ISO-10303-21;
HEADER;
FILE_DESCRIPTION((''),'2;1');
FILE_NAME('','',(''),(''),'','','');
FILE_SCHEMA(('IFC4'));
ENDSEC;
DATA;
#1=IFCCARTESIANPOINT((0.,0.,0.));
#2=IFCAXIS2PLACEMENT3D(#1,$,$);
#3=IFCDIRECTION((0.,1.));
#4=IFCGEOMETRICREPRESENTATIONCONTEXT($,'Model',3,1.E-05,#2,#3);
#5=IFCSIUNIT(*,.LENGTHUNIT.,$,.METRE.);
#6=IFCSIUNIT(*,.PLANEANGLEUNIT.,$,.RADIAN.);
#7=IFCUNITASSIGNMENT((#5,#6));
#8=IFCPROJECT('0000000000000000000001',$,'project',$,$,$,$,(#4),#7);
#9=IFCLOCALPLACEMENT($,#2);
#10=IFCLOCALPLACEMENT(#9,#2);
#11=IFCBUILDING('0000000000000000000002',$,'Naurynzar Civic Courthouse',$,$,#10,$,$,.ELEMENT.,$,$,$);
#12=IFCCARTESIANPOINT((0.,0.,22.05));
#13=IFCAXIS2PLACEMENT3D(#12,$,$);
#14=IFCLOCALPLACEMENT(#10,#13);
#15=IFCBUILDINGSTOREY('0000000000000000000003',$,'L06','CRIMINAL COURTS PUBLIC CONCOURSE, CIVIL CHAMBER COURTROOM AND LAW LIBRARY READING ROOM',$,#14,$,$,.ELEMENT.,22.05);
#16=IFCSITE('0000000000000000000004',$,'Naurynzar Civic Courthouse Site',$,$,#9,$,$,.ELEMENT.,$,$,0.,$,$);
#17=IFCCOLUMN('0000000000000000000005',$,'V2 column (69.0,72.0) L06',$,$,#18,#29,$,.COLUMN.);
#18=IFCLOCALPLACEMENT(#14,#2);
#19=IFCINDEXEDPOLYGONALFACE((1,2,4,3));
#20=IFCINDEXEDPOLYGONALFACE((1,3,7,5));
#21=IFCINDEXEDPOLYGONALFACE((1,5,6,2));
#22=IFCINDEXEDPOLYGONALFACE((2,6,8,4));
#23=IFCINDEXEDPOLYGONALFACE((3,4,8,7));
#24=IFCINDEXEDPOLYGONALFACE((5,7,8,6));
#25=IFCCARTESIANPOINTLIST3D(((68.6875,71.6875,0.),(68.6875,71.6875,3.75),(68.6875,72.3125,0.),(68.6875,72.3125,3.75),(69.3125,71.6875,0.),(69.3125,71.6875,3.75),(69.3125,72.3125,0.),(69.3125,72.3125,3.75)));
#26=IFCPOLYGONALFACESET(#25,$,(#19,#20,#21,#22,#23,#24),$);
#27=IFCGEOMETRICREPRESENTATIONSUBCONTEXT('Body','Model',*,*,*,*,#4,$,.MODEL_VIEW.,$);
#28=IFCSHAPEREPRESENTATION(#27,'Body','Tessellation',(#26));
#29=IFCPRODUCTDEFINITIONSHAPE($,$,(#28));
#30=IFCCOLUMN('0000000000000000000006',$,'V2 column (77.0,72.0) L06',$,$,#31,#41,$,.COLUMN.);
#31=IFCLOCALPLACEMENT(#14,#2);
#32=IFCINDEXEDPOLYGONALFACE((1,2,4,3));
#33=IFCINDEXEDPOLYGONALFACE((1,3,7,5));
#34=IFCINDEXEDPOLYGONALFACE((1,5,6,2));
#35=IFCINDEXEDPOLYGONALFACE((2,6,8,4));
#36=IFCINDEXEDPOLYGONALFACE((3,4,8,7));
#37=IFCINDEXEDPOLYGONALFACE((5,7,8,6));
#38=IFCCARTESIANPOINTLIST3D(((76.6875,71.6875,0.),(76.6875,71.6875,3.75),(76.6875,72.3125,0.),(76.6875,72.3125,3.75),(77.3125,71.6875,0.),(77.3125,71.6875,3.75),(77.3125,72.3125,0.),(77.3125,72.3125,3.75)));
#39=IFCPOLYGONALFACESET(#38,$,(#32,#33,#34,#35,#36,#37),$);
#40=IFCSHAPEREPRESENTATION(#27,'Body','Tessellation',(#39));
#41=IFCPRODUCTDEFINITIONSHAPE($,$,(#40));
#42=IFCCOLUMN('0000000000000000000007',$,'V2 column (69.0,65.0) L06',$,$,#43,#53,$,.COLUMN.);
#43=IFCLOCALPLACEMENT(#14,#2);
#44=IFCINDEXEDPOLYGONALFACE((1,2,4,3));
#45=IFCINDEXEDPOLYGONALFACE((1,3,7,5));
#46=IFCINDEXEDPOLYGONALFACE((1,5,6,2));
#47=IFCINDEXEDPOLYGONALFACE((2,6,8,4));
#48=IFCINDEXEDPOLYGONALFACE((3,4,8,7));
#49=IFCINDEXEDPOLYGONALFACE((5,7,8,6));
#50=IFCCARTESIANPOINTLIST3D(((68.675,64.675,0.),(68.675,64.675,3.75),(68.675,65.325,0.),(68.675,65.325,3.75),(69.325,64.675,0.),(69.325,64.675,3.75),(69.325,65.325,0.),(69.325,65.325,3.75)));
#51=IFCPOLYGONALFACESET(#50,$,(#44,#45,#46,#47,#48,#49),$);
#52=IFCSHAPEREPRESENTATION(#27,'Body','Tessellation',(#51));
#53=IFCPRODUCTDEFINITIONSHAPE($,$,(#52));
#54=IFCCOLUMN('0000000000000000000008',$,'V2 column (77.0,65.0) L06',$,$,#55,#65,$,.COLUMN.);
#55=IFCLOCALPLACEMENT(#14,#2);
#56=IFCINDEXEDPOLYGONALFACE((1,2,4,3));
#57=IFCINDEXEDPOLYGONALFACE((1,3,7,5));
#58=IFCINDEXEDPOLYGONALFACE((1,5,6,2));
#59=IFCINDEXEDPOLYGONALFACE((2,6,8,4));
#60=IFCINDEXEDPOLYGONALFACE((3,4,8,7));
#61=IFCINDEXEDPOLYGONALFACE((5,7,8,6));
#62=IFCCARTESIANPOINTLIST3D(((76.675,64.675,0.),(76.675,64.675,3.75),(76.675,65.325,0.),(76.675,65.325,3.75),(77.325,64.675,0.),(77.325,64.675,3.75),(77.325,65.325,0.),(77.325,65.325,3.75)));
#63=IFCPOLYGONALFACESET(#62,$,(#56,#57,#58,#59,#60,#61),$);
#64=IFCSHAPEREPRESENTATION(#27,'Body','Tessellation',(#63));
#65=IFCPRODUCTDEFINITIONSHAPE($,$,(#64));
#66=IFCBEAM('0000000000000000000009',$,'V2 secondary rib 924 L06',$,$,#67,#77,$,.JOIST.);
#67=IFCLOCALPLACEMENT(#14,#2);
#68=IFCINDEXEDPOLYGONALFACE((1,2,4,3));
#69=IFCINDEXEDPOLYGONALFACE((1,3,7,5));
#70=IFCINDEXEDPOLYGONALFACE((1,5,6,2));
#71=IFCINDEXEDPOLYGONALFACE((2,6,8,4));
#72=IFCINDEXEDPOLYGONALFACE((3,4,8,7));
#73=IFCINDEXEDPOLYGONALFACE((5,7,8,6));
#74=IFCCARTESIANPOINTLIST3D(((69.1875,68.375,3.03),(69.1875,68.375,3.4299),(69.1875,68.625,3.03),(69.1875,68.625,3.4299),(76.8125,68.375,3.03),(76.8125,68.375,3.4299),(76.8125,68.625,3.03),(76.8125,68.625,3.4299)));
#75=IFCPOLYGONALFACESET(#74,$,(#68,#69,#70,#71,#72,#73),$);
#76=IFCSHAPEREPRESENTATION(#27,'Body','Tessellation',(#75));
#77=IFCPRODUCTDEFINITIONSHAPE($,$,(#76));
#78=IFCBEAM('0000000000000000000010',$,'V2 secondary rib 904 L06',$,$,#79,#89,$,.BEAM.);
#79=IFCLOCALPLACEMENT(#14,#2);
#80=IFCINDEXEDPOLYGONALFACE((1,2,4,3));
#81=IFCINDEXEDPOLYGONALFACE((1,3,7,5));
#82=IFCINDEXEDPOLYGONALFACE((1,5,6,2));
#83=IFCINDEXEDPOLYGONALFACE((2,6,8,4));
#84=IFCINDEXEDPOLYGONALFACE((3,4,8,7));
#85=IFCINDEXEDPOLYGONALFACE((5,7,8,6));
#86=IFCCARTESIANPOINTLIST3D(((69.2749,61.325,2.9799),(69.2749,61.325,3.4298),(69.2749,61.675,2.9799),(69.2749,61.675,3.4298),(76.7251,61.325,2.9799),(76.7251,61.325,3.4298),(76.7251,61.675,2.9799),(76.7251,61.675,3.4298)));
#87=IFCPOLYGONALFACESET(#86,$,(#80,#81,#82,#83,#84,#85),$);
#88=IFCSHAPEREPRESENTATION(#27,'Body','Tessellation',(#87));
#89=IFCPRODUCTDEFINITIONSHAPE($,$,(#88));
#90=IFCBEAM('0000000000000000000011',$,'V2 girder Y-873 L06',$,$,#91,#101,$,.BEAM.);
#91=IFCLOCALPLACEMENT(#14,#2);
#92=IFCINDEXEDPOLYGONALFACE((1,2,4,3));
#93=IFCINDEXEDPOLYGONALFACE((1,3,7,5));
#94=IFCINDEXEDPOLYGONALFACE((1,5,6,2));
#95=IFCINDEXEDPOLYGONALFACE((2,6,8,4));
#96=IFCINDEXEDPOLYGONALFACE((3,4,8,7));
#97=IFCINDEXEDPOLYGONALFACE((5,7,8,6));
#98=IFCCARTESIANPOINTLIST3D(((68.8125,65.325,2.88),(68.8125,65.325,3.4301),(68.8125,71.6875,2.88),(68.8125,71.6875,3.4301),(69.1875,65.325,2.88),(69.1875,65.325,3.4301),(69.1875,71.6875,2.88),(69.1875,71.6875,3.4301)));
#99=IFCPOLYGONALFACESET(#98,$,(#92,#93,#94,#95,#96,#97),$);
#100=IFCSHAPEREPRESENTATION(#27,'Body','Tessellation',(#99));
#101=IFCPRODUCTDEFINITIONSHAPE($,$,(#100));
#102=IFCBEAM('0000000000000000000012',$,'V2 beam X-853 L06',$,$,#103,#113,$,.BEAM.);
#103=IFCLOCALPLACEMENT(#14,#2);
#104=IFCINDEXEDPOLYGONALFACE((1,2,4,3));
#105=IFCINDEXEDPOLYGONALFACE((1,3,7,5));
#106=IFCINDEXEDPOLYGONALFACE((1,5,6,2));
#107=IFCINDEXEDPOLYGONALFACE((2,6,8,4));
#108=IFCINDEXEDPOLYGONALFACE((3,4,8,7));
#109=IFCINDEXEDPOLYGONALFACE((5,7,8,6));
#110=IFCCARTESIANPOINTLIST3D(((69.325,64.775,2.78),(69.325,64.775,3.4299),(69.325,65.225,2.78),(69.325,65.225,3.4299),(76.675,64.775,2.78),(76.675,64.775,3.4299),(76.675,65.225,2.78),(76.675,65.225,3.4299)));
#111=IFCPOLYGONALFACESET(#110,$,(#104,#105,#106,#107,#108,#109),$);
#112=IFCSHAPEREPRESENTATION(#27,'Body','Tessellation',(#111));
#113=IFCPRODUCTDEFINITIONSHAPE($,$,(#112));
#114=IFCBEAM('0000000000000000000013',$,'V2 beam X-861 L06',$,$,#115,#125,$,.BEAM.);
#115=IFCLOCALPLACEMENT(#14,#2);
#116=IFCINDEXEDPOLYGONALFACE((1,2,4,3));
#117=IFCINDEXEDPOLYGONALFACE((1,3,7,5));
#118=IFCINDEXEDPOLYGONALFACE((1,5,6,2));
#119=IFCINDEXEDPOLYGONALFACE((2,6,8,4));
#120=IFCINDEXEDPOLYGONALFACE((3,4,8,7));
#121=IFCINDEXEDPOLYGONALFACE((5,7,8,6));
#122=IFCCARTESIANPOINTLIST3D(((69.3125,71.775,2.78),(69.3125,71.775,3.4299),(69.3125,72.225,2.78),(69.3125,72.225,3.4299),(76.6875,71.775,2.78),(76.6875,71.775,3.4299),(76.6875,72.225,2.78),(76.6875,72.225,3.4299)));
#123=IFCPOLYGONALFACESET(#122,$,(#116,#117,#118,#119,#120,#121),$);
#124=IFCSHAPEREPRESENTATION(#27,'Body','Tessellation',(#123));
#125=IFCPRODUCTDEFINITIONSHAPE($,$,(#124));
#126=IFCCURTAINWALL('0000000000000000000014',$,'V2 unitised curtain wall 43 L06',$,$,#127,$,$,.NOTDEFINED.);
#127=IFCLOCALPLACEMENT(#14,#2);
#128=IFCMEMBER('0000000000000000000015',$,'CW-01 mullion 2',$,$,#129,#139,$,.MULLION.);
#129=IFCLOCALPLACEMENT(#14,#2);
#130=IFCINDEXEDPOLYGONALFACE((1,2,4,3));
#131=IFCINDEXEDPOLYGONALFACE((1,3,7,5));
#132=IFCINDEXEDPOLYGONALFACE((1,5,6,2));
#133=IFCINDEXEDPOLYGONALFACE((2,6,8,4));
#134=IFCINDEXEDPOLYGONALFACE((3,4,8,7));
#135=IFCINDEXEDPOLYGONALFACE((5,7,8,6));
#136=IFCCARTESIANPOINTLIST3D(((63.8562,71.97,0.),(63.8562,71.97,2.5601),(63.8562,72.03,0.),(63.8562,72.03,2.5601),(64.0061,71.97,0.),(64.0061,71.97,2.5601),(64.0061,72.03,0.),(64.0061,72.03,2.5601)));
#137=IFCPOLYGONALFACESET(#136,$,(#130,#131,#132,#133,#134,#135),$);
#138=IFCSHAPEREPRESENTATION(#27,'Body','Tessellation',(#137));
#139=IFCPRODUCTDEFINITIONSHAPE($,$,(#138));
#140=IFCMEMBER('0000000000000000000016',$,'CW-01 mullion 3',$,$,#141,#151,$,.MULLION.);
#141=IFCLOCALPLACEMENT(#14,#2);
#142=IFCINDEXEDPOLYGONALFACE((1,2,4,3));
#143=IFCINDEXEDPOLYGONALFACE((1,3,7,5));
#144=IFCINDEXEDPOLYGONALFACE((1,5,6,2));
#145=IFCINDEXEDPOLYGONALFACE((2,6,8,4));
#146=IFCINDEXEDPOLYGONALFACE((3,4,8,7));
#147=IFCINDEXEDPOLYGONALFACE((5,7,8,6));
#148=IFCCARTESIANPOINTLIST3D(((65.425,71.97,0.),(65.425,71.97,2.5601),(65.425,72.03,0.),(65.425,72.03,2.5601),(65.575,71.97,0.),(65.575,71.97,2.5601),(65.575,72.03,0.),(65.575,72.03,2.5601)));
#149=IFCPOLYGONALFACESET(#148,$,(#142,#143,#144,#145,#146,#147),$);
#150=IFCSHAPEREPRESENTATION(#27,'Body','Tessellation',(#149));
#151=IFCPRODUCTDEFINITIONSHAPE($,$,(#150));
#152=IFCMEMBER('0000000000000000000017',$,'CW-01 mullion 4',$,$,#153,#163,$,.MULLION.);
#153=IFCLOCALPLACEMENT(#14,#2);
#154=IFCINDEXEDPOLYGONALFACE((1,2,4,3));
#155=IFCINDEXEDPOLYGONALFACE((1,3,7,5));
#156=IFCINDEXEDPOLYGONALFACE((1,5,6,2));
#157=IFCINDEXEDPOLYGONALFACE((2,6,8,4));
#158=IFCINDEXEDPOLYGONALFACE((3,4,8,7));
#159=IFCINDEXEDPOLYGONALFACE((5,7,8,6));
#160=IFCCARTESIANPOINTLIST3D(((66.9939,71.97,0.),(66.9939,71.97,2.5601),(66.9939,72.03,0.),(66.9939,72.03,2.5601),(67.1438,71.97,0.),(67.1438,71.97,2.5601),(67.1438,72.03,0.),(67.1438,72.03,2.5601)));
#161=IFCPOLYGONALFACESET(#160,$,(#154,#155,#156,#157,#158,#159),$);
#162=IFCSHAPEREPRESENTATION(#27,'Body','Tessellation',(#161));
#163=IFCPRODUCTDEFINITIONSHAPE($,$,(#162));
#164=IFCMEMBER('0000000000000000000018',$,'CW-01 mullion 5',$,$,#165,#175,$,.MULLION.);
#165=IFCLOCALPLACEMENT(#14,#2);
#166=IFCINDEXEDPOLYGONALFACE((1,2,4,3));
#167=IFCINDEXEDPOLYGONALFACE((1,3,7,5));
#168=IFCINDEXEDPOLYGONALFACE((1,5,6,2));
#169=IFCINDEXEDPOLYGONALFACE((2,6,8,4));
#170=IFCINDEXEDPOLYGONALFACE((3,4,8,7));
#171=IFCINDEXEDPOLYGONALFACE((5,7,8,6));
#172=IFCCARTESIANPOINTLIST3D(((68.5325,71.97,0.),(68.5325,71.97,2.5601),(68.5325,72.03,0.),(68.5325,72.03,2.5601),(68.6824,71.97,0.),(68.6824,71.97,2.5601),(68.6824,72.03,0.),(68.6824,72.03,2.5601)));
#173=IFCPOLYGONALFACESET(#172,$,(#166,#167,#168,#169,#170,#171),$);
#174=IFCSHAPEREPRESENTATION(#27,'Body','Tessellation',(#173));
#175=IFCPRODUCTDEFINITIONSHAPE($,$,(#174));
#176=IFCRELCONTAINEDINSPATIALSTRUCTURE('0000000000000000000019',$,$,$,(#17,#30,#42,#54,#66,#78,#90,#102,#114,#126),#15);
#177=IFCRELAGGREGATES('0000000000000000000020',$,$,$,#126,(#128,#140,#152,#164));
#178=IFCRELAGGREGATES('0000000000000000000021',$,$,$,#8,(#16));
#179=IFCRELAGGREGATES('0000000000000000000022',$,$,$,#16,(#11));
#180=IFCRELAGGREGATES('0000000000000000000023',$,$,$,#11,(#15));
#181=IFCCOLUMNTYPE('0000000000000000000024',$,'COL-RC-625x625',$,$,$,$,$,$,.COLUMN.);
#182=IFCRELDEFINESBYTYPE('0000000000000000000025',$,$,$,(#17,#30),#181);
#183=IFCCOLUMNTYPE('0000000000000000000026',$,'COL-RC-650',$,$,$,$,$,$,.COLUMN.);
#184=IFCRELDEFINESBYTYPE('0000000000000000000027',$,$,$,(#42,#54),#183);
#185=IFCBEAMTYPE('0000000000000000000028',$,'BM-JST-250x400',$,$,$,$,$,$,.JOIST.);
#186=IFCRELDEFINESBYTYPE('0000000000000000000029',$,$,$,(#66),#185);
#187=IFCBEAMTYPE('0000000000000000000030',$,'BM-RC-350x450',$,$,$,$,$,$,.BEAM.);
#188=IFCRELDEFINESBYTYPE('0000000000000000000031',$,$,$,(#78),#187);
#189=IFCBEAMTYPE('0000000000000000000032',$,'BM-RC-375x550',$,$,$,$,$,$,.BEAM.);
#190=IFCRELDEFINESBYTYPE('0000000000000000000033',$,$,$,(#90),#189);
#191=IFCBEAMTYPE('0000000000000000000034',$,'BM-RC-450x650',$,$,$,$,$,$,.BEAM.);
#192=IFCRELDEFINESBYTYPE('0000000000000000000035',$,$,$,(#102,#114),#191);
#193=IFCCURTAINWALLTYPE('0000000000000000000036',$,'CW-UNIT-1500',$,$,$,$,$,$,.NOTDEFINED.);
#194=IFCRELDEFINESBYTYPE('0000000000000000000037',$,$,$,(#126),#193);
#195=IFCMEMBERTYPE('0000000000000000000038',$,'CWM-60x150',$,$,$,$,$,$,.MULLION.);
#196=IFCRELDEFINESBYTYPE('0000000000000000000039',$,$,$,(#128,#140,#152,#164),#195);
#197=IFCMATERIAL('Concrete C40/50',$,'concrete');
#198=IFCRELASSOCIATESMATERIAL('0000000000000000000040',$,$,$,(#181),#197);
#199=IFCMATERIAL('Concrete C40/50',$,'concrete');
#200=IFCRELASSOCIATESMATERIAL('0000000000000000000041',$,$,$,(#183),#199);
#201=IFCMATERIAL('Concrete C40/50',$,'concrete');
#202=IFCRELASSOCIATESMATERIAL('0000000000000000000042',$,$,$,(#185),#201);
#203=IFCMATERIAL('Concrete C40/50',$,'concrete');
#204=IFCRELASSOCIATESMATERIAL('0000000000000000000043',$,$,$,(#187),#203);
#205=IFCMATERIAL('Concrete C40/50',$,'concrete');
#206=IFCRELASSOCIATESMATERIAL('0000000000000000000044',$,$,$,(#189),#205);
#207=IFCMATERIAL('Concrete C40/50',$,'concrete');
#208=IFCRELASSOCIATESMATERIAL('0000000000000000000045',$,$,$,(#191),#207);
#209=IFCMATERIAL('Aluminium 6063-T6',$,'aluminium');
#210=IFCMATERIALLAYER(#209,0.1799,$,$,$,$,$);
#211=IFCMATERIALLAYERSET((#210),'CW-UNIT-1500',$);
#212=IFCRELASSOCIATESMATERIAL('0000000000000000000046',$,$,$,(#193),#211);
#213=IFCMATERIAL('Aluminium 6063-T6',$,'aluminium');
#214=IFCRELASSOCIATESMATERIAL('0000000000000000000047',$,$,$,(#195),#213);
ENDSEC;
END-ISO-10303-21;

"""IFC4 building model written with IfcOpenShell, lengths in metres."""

from ifc_helpers import new_model, si_unit, direction, frame, origin, origin_2d, place, context, subcontext, project, spatial, rectangle, extrude, material, layer, layer_set, material_profile, profile_set, type_object, element, aggregate, save


model = new_model("IFC4")

# Units and contexts
model_context = context("Model", 3, precision=1e-05, world=origin(), true_north=direction((0.0, 1.0)))
body_context = subcontext(model_context, "Body", "Model", "MODEL_VIEW")
ifc_project = project(units=[si_unit("LENGTHUNIT", "METRE"), si_unit("PLANEANGLEUNIT", "RADIAN")], contexts=[model_context])

# Site, building, storey
site_placement = place(None, origin())
site = spatial("IfcSite", under=ifc_project, at=site_placement, Name="Naurynzar Civic Courthouse Site", CompositionType="ELEMENT", RefElevation=0.0)
building_placement = place(site_placement, origin())
building = spatial("IfcBuilding", under=site, at=building_placement, Name="Naurynzar Civic Courthouse", CompositionType="ELEMENT")
storey_placement = place(building_placement, frame((0.0, 0.0, 22.05)))
storey = spatial("IfcBuildingStorey", under=building, at=storey_placement, Name="L06", Description="CRIMINAL COURTS PUBLIC CONCOURSE, CIVIL CHAMBER COURTROOM AND LAW LIBRARY READING ROOM", CompositionType="ELEMENT", Elevation=22.05)

# Columns
ifc_material_1 = material(Name="Concrete C40/50", Category="concrete")
ifc_material_profile_1 = material_profile(ifc_material_1, rectangle(XDim=0.625, YDim=0.625, at=origin_2d()), Name="RC 625x625")
ifc_profile_set_1 = profile_set([ifc_material_profile_1], Name="Concrete C40/50")
column_type_1 = type_object("IfcColumnType", Name="COL-RC-625x625", PredefinedType="COLUMN", material=ifc_profile_set_1)
for number, where, z_axis, x_axis, name in (
    (1, (69.0, 72.0, 0.0), (0.0, 0.0, 1.0), (1.0, 0.0, 0.0), "V2 column (69.0,72.0) L06"),
    (2, (77.0, 72.0, 0.0), (0.0, 0.0, 1.0), (1.0, 0.0, 0.0), "V2 column (77.0,72.0) L06"),
):
    element("IfcColumn", number, at=place(storey_placement, frame(where, z_axis=z_axis, x_axis=x_axis)), inside=storey, type_object=column_type_1, Name=name, PredefinedType="COLUMN", context=body_context, shape_type="SweptSolid", body=[
        extrude(rectangle(XDim=0.625, YDim=0.625, at=origin_2d()), origin(), (0.0, 0.0, 1.0), 3.75),
    ])
ifc_material_2 = material(Name="Concrete C40/50", Category="concrete")
ifc_material_profile_2 = material_profile(ifc_material_2, rectangle(XDim=0.6499, YDim=0.6499, at=origin_2d()), Name="RC 650x650")
ifc_profile_set_2 = profile_set([ifc_material_profile_2], Name="Concrete C40/50")
column_type_2 = type_object("IfcColumnType", Name="COL-RC-650", PredefinedType="COLUMN", material=ifc_profile_set_2)
for number, where, z_axis, x_axis, name in (
    (3, (69.0, 65.0, 0.0), (0.0, 0.0, 1.0), (1.0, 0.0, 0.0), "V2 column (69.0,65.0) L06"),
    (4, (77.0, 65.0, 0.0), (0.0, 0.0, 1.0), (1.0, 0.0, 0.0), "V2 column (77.0,65.0) L06"),
):
    element("IfcColumn", number, at=place(storey_placement, frame(where, z_axis=z_axis, x_axis=x_axis)), inside=storey, type_object=column_type_2, Name=name, PredefinedType="COLUMN", context=body_context, shape_type="SweptSolid", body=[
        extrude(rectangle(XDim=0.6499, YDim=0.6499, at=origin_2d()), origin(), (0.0, 0.0, 1.0), 3.75),
    ])

# Beams
ifc_material_3 = material(Name="Concrete C40/50", Category="concrete")
ifc_material_profile_3 = material_profile(ifc_material_3, rectangle(XDim=0.25, YDim=0.3999, at=origin_2d()), Name="RCB 250x400")
ifc_profile_set_3 = profile_set([ifc_material_profile_3], Name="Concrete C40/50")
beam_type_1 = type_object("IfcBeamType", Name="BM-JST-250x400", PredefinedType="JOIST", material=ifc_profile_set_3)
beam_1_placement = place(storey_placement, frame((69.1875, 68.5, 3.23), z_axis=(1.0, 0.0, 0.0), x_axis=(0.0, 1.0, 0.0)))
element("IfcBeam", 5, at=beam_1_placement, inside=storey, type_object=beam_type_1, Name="V2 secondary rib 924 L06", PredefinedType="JOIST", context=body_context, shape_type="SweptSolid", body=[
    extrude(rectangle(XDim=0.25, YDim=0.3999, at=origin_2d()), origin(), (0.0, 0.0, 1.0), 7.625),
])
ifc_material_4 = material(Name="Concrete C40/50", Category="concrete")
ifc_material_profile_4 = material_profile(ifc_material_4, rectangle(XDim=0.3501, YDim=0.45, at=origin_2d()), Name="RCB 350x450")
ifc_profile_set_4 = profile_set([ifc_material_profile_4], Name="Concrete C40/50")
beam_type_2 = type_object("IfcBeamType", Name="BM-RC-350x450", PredefinedType="BEAM", material=ifc_profile_set_4)
beam_2_placement = place(storey_placement, frame((69.2749, 61.5, 3.2048), z_axis=(1.0, 0.0, 0.0), x_axis=(0.0, 1.0, 0.0)))
element("IfcBeam", 6, at=beam_2_placement, inside=storey, type_object=beam_type_2, Name="V2 secondary rib 904 L06", PredefinedType="BEAM", context=body_context, shape_type="SweptSolid", body=[
    extrude(rectangle(XDim=0.3501, YDim=0.45, at=origin_2d()), origin(), (0.0, 0.0, 1.0), 7.4502),
])
ifc_material_5 = material(Name="Concrete C40/50", Category="concrete")
ifc_material_profile_5 = material_profile(ifc_material_5, rectangle(XDim=0.375, YDim=0.55, at=origin_2d()), Name="RCB 375x550")
ifc_profile_set_5 = profile_set([ifc_material_profile_5], Name="Concrete C40/50")
beam_type_3 = type_object("IfcBeamType", Name="BM-RC-375x550", PredefinedType="BEAM", material=ifc_profile_set_5)
beam_3_placement = place(storey_placement, frame((69.0, 65.325, 3.155), z_axis=(0.0, 1.0, 0.0), x_axis=(-1.0, 0.0, 0.0)))
element("IfcBeam", 7, at=beam_3_placement, inside=storey, type_object=beam_type_3, Name="V2 girder Y-873 L06", PredefinedType="BEAM", context=body_context, shape_type="SweptSolid", body=[
    extrude(rectangle(XDim=0.375, YDim=0.55, at=origin_2d()), origin(), (0.0, 0.0, 1.0), 6.3625),
])
ifc_material_6 = material(Name="Concrete C40/50", Category="concrete")
ifc_material_profile_6 = material_profile(ifc_material_6, rectangle(XDim=0.45, YDim=0.6499, at=origin_2d()), Name="RCB 450x650")
ifc_profile_set_6 = profile_set([ifc_material_profile_6], Name="Concrete C40/50")
beam_type_4 = type_object("IfcBeamType", Name="BM-RC-450x650", PredefinedType="BEAM", material=ifc_profile_set_6)
beam_4_placement = place(storey_placement, frame((69.325, 65.0, 3.105), z_axis=(1.0, 0.0, 0.0), x_axis=(0.0, 1.0, 0.0)))
element("IfcBeam", 8, at=beam_4_placement, inside=storey, type_object=beam_type_4, Name="V2 beam X-853 L06", PredefinedType="BEAM", context=body_context, shape_type="SweptSolid", body=[
    extrude(rectangle(XDim=0.45, YDim=0.6499, at=origin_2d()), origin(), (0.0, 0.0, 1.0), 7.3501),
])
beam_5_placement = place(storey_placement, frame((69.3125, 72.0, 3.105), z_axis=(1.0, 0.0, 0.0), x_axis=(0.0, 1.0, 0.0)))
element("IfcBeam", 9, at=beam_5_placement, inside=storey, type_object=beam_type_4, Name="V2 beam X-861 L06", PredefinedType="BEAM", context=body_context, shape_type="SweptSolid", body=[
    extrude(rectangle(XDim=0.45, YDim=0.6499, at=origin_2d()), origin(), (0.0, 0.0, 1.0), 7.375),
])

# Curtain wall, members
ifc_material_7 = material(Name="Aluminium 6063-T6", Category="aluminium")
ifc_layer_1 = layer(ifc_material_7, 0.1799)
ifc_layer_set_1 = layer_set([ifc_layer_1], Name="CW-UNIT-1500")
curtain_wall_type = type_object("IfcCurtainWallType", Name="CW-UNIT-1500", PredefinedType="NOTDEFINED", material=ifc_layer_set_1)
curtain_wall_placement = place(storey_placement, origin())
curtain_wall = element("IfcCurtainWall", 10, at=curtain_wall_placement, inside=storey, type_object=curtain_wall_type, Name="V2 unitised curtain wall 43 L06", PredefinedType="NOTDEFINED")
ifc_material_8 = material(Name="Aluminium 6063-T6", Category="aluminium")
ifc_material_profile_7 = material_profile(ifc_material_8, rectangle(XDim=0.0601, YDim=0.1499, at=origin_2d()), Name="ALU MULLION 60x150")
ifc_profile_set_7 = profile_set([ifc_material_profile_7], Name="Aluminium 6063-T6")
member_type_1 = type_object("IfcMemberType", Name="CWM-60x150", PredefinedType="MULLION", material=ifc_profile_set_7)
member_1_placement = place(storey_placement, frame((63.9312, 72.0, 0.0), z_axis=(0.0, 0.0, 1.0), x_axis=(0.0, 1.0, 0.0)))
member_1 = element("IfcMember", 11, at=member_1_placement, type_object=member_type_1, Name="CW-01 mullion 2", PredefinedType="MULLION", context=body_context, shape_type="SweptSolid", body=[
    extrude(rectangle(XDim=0.0601, YDim=0.1499, at=origin_2d()), origin(), (0.0, 0.0, 1.0), 2.5601),
])
member_2_placement = place(storey_placement, frame((65.5, 72.0, 0.0), z_axis=(0.0, 0.0, 1.0), x_axis=(0.0, 1.0, 0.0)))
member_2 = element("IfcMember", 12, at=member_2_placement, type_object=member_type_1, Name="CW-01 mullion 3", PredefinedType="MULLION", context=body_context, shape_type="SweptSolid", body=[
    extrude(rectangle(XDim=0.0601, YDim=0.1499, at=origin_2d()), origin(), (0.0, 0.0, 1.0), 2.5601),
])
member_3_placement = place(storey_placement, frame((67.0688, 72.0, 0.0), z_axis=(0.0, 0.0, 1.0), x_axis=(0.0, 1.0, 0.0)))
member_3 = element("IfcMember", 13, at=member_3_placement, type_object=member_type_1, Name="CW-01 mullion 4", PredefinedType="MULLION", context=body_context, shape_type="SweptSolid", body=[
    extrude(rectangle(XDim=0.0601, YDim=0.1499, at=origin_2d()), origin(), (0.0, 0.0, 1.0), 2.5601),
])
member_4_placement = place(storey_placement, frame((68.6074, 72.0, 0.0), z_axis=(0.0, 0.0, 1.0), x_axis=(0.0, 1.0, 0.0)))
member_4 = element("IfcMember", 14, at=member_4_placement, type_object=member_type_1, Name="CW-01 mullion 5", PredefinedType="MULLION", context=body_context, shape_type="SweptSolid", body=[
    extrude(rectangle(XDim=0.0601, YDim=0.1499, at=origin_2d()), origin(), (0.0, 0.0, 1.0), 2.5601),
])
aggregate(curtain_wall, [member_1, member_2, member_3, member_4])

save(model, "model.ifc")
